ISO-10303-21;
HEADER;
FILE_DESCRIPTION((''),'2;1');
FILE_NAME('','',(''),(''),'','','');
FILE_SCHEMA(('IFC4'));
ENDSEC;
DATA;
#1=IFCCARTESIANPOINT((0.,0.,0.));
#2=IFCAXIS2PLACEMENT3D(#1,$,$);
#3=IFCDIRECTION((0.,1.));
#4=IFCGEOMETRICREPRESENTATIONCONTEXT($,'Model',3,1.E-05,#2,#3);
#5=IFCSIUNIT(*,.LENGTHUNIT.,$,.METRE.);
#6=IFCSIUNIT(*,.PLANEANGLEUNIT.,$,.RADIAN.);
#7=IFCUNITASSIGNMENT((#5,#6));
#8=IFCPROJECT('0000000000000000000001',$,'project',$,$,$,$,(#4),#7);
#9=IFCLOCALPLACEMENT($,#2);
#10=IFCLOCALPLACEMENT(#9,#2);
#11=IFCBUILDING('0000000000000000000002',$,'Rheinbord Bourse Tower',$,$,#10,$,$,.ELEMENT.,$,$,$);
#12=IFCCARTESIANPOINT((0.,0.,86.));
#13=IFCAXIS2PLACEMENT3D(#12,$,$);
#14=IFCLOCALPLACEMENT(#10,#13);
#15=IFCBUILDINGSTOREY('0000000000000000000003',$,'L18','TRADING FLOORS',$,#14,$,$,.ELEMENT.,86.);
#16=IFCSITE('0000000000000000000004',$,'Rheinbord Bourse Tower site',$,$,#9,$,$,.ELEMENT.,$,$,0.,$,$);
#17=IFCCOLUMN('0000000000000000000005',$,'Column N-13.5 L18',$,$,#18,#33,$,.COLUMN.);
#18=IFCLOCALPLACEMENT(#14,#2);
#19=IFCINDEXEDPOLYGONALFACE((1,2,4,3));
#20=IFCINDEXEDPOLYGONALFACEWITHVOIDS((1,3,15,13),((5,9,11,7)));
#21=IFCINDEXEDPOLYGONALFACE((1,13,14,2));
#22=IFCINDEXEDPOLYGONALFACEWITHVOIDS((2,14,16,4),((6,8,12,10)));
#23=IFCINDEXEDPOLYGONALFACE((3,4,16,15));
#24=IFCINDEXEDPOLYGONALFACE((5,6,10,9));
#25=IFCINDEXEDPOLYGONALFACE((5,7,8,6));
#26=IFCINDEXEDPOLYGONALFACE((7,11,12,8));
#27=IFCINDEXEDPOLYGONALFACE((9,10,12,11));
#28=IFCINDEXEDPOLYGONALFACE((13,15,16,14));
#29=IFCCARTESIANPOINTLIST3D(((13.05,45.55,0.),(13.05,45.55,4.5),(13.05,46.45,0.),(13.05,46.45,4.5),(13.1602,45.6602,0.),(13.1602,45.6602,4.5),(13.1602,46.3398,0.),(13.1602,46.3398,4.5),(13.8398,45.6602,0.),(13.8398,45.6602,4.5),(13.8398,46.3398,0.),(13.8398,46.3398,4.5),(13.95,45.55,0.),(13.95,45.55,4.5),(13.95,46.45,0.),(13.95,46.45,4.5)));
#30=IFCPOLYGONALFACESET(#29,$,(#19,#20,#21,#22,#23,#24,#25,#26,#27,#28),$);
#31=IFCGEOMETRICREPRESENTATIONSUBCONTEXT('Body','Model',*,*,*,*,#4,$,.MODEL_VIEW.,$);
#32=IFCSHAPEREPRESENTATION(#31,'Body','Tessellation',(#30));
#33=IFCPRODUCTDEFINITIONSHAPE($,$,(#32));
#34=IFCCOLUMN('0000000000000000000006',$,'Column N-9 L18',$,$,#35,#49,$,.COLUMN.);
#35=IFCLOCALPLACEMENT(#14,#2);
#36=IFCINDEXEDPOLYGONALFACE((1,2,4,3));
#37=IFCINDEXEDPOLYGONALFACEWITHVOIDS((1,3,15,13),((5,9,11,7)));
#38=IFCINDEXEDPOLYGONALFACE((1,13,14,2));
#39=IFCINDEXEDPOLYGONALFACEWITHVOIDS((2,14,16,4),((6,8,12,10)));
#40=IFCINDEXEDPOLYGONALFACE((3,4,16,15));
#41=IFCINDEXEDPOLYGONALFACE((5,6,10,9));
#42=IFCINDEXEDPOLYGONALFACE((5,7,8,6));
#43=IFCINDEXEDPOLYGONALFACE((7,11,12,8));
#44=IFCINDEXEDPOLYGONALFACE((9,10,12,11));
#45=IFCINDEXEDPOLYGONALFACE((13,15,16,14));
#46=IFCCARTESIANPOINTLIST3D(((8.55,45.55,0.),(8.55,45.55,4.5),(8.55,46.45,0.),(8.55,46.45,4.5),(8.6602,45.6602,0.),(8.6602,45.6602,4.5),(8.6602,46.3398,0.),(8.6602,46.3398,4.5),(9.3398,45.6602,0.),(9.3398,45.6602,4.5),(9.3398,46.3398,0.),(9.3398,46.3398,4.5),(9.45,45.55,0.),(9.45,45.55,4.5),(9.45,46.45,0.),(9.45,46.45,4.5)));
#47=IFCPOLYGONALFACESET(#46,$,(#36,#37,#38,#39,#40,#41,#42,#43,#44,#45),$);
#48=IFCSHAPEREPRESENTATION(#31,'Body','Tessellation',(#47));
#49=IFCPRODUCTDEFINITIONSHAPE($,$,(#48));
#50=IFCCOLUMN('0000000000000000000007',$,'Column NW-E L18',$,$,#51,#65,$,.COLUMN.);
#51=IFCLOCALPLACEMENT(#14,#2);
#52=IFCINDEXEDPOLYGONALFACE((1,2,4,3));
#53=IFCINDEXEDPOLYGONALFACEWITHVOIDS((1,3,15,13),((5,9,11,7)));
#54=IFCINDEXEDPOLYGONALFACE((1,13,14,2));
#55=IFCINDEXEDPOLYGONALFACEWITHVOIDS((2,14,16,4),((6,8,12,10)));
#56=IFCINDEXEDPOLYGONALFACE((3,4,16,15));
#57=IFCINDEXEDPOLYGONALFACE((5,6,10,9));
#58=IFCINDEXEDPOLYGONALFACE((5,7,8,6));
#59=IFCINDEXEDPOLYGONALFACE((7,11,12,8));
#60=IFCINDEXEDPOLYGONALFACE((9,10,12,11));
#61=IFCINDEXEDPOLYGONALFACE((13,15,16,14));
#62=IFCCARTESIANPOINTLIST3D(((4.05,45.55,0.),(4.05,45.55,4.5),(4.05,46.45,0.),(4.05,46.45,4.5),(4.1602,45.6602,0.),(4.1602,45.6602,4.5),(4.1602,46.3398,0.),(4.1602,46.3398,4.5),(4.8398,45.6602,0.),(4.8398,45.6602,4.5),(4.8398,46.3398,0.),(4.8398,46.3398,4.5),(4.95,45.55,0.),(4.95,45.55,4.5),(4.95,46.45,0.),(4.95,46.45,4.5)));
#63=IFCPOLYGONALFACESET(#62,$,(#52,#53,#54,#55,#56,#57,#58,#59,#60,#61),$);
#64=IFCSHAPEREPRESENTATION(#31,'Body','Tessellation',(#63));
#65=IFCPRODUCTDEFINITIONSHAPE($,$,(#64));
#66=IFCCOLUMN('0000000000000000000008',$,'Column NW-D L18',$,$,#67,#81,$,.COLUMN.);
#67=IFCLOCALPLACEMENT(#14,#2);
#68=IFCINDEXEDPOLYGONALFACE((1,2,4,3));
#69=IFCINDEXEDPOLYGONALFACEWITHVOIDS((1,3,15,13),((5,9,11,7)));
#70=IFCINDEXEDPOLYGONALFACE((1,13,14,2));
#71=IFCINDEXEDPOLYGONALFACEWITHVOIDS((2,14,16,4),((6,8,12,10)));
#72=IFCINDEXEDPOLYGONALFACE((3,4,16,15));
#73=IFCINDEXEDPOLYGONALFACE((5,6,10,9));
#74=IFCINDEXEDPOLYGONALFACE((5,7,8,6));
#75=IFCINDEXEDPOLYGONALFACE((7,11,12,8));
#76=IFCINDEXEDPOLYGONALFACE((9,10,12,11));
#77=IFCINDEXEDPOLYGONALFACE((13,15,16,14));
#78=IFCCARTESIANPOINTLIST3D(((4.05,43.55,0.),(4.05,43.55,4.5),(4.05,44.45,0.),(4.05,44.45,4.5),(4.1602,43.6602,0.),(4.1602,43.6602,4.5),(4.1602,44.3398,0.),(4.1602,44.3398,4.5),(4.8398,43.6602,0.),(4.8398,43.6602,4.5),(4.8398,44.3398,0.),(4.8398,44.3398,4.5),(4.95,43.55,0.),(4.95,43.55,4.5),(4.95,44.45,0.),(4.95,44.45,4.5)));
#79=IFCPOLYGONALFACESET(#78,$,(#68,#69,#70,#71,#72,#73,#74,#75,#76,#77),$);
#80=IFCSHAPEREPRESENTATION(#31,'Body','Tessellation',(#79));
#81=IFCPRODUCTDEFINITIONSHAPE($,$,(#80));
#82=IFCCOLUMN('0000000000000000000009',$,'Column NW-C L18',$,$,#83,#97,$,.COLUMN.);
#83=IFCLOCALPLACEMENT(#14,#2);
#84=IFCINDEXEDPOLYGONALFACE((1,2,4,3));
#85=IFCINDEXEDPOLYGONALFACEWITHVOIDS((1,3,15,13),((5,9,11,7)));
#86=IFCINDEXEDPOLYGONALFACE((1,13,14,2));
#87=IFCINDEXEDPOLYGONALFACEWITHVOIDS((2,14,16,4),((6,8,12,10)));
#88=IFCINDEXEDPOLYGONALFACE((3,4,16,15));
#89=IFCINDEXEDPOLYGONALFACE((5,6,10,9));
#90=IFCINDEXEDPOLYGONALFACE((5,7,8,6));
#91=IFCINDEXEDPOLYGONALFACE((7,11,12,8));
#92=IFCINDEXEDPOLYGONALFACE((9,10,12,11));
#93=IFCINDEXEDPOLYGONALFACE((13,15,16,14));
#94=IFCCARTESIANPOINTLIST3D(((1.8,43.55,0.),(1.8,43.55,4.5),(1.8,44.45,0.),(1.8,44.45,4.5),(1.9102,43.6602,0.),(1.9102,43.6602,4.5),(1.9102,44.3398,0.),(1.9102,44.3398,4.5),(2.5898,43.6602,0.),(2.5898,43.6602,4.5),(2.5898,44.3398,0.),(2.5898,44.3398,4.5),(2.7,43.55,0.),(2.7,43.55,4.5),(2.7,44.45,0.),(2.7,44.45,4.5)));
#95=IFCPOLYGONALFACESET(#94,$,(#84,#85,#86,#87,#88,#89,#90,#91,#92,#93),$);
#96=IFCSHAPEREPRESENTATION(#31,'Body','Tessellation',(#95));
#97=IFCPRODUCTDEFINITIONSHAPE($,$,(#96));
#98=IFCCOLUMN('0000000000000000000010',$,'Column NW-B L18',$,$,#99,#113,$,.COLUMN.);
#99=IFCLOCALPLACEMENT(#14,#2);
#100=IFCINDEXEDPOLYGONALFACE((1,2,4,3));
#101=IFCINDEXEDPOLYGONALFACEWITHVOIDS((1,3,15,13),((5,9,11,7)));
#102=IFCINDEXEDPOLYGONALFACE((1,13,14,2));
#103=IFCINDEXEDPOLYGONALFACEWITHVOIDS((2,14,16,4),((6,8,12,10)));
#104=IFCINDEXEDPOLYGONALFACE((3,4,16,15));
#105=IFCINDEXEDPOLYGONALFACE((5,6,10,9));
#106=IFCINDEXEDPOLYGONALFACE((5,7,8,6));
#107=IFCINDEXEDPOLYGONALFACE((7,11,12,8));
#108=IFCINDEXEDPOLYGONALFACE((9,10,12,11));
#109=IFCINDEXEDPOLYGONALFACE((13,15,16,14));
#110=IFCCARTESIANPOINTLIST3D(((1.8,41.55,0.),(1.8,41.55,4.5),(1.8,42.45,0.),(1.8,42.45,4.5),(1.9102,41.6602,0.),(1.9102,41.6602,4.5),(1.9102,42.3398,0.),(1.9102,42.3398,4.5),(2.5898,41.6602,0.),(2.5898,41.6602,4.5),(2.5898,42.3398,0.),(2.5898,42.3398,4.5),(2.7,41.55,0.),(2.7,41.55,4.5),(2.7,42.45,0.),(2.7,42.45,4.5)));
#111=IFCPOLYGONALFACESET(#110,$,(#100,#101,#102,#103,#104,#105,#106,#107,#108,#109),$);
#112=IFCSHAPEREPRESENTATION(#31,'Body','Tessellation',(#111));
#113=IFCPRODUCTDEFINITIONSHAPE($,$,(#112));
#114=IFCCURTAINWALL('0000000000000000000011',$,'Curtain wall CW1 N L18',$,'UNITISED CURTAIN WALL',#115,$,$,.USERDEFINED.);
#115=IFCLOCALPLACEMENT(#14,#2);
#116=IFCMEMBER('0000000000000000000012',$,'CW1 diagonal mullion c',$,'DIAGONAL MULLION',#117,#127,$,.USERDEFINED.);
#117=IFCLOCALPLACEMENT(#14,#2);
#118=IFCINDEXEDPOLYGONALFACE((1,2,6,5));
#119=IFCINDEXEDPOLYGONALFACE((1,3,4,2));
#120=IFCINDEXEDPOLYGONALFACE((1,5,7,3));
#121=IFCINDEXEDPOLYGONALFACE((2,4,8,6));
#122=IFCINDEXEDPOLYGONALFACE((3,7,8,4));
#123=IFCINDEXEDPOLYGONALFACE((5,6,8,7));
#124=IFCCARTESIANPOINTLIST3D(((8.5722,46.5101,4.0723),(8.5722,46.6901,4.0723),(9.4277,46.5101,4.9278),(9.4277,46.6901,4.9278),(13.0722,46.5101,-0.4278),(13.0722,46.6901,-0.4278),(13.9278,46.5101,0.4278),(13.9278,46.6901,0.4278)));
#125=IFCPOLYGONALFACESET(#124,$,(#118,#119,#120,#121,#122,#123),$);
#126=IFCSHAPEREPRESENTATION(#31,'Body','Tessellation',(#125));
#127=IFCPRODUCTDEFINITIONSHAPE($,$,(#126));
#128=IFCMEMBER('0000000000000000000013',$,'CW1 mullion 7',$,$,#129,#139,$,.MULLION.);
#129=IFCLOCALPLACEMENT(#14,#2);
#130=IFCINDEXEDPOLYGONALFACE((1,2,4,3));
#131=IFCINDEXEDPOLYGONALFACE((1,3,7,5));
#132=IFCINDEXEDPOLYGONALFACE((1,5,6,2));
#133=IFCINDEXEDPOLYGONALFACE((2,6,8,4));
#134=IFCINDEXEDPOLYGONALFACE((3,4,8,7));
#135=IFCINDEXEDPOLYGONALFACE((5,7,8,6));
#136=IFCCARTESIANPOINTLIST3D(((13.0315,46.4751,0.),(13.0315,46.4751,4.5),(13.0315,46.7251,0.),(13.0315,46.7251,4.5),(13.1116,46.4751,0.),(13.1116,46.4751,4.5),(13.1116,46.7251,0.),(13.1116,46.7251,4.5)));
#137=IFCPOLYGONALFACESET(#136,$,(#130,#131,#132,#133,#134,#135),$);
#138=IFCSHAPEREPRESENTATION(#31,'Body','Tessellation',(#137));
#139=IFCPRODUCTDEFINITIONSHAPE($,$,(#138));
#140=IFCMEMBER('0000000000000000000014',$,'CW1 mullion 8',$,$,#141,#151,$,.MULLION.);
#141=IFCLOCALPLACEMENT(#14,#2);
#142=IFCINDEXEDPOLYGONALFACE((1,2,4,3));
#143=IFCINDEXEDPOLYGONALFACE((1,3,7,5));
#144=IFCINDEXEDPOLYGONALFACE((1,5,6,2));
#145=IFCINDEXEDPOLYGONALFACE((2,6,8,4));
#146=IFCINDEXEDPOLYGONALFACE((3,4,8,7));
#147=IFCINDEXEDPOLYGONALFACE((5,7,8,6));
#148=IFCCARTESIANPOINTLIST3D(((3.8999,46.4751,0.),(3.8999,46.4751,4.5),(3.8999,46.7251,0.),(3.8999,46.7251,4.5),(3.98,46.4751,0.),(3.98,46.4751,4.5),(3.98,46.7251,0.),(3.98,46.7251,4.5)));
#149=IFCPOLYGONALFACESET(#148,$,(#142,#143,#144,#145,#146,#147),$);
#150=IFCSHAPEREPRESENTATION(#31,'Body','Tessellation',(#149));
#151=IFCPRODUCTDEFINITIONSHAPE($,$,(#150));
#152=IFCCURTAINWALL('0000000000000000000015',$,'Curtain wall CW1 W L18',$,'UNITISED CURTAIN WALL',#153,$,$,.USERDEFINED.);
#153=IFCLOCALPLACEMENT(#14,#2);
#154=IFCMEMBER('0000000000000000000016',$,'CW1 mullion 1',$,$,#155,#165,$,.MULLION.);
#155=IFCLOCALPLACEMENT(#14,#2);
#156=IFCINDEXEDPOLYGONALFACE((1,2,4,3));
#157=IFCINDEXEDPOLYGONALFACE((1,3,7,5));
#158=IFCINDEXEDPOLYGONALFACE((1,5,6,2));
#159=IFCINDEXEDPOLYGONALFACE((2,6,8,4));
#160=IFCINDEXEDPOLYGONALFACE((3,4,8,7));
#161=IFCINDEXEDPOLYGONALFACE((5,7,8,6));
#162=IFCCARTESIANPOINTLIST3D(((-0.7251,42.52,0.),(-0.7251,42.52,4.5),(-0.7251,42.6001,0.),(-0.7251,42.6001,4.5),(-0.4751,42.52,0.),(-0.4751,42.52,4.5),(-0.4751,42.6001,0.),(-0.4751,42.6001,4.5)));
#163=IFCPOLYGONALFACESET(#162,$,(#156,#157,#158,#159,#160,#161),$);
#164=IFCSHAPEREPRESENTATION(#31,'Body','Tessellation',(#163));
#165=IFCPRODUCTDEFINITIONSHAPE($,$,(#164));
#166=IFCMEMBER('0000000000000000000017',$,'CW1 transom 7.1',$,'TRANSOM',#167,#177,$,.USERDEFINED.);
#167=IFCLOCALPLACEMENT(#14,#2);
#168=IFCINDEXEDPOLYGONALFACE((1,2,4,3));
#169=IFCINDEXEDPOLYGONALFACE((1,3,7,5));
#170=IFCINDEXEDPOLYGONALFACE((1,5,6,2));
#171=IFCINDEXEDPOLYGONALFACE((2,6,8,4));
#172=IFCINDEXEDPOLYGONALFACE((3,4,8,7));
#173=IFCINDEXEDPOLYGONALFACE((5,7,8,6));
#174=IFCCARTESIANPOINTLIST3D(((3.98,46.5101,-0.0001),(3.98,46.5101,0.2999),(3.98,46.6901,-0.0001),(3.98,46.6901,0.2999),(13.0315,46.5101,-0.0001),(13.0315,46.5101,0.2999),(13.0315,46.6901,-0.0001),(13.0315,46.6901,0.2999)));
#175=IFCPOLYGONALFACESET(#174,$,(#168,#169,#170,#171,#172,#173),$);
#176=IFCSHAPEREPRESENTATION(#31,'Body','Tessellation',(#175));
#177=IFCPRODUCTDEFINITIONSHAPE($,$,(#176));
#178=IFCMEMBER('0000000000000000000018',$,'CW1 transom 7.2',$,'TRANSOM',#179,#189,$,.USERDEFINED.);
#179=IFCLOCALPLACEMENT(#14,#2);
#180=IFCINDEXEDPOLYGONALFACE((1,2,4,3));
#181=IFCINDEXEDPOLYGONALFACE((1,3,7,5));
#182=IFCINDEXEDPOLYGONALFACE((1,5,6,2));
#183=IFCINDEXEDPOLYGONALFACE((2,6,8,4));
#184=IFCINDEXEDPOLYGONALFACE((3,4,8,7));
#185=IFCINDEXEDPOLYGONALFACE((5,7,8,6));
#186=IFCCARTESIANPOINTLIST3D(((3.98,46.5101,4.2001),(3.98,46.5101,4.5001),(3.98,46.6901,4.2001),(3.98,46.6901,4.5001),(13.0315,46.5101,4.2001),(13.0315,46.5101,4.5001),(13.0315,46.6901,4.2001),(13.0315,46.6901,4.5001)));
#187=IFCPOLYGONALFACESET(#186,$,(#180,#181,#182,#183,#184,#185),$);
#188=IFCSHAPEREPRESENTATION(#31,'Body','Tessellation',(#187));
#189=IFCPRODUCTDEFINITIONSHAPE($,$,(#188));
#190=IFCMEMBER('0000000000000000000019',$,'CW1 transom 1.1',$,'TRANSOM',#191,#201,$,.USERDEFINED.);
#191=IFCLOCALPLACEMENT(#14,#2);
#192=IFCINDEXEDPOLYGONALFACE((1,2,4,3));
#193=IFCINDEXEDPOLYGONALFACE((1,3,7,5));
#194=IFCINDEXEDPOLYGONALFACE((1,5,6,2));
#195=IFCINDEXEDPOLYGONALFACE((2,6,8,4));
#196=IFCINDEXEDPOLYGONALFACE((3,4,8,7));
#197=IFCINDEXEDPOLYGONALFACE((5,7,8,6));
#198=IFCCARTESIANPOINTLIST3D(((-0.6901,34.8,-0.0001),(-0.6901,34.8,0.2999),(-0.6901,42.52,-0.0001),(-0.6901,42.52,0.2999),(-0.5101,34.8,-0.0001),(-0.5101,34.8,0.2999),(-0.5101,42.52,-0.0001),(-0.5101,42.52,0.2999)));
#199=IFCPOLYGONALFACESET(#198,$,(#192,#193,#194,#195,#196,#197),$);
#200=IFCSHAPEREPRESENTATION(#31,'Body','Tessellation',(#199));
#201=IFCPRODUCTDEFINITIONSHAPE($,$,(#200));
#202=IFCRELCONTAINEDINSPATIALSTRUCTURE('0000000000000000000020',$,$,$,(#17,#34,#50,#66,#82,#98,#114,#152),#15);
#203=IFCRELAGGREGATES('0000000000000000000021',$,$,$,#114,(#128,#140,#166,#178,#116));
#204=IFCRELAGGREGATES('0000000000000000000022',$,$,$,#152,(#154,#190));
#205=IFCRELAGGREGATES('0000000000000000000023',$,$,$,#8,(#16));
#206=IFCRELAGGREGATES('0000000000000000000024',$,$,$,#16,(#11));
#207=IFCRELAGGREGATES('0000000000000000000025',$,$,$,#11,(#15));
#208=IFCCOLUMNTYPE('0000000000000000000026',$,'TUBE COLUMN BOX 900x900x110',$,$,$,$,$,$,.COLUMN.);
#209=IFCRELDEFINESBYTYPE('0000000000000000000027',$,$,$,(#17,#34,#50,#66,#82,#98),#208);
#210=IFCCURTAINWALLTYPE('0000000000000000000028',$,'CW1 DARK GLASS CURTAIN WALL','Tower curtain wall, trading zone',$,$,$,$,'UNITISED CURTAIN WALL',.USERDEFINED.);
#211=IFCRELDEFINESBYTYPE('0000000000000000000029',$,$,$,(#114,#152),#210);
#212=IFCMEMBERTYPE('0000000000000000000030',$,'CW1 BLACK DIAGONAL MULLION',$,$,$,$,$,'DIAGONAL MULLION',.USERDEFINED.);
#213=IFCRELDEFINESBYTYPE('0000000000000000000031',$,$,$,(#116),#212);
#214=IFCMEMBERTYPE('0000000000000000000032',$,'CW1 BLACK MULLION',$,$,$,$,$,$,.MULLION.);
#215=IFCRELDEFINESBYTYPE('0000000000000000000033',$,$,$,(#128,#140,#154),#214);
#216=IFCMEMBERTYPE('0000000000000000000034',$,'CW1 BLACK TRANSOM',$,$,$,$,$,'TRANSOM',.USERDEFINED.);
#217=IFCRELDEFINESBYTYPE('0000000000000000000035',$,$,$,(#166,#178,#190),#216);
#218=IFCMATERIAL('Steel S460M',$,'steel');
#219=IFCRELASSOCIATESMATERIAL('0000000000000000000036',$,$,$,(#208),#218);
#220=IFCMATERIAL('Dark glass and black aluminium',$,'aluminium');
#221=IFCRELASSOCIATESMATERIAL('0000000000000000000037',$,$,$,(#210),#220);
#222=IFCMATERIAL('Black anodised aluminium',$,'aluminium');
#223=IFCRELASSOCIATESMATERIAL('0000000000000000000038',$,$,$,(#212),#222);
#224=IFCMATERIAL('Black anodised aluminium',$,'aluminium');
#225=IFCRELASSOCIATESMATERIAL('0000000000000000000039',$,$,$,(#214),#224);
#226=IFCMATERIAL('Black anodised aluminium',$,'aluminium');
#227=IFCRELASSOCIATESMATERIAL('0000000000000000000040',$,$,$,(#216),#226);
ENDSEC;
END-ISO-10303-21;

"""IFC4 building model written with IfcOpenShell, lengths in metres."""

from ifc_helpers import new_model, si_unit, direction, frame, origin, origin_2d, place, context, subcontext, project, spatial, rectangle, hollow_rectangle, extrude, material, material_profile, profile_set, type_object, element, aggregate, save


model = new_model("IFC4")

# Units and contexts
model_context = context("Model", 3, precision=1e-05, world=origin(), true_north=direction((0.0, 1.0)))
body_context = subcontext(model_context, "Body", "Model", "MODEL_VIEW")
ifc_project = project(units=[si_unit("LENGTHUNIT", "METRE"), si_unit("PLANEANGLEUNIT", "RADIAN")], contexts=[model_context])

# Site, building, storey
site_placement = place(None, origin())
site = spatial("IfcSite", under=ifc_project, at=site_placement, Name="Rheinbord Bourse Tower site", CompositionType="ELEMENT", RefElevation=0.0)
building_placement = place(site_placement, origin())
building = spatial("IfcBuilding", under=site, at=building_placement, Name="Rheinbord Bourse Tower", CompositionType="ELEMENT")
storey_placement = place(building_placement, frame((0.0, 0.0, 86.0)))
storey = spatial("IfcBuildingStorey", under=building, at=storey_placement, Name="L18", Description="TRADING FLOORS", CompositionType="ELEMENT", Elevation=86.0)

# Columns
ifc_material_1 = material(Name="Steel S460M", Category="steel")
ifc_material_profile_1 = material_profile(ifc_material_1, hollow_rectangle(XDim=0.8999, YDim=0.8999, WallThickness=0.1101, at=origin_2d()), Name="BOX 900x900x110")
ifc_profile_set_1 = profile_set([ifc_material_profile_1], Name="Steel S460M")
column_type = type_object("IfcColumnType", Name="TUBE COLUMN BOX 900x900x110", PredefinedType="COLUMN", material=ifc_profile_set_1)
for number, where, z_axis, x_axis, name in (
    (1, (13.5, 46.0, 0.0), (0.0, 0.0, 1.0), (0.0, 1.0, 0.0), "Column N-13.5 L18"),
    (2, (9.0, 46.0, 0.0), (0.0, 0.0, 1.0), (0.0, 1.0, 0.0), "Column N-9 L18"),
    (3, (4.5, 46.0, 0.0), (0.0, 0.0, 1.0), (0.0, 1.0, 0.0), "Column NW-E L18"),
    (4, (4.5, 44.0, 0.0), (0.0, 0.0, 1.0), (0.0, 1.0, 0.0), "Column NW-D L18"),
    (5, (2.25, 44.0, 0.0), (0.0, 0.0, 1.0), (1.0, 0.0, 0.0), "Column NW-C L18"),
    (6, (2.25, 42.0, 0.0), (0.0, 0.0, 1.0), (1.0, 0.0, 0.0), "Column NW-B L18"),
):
    element("IfcColumn", number, at=place(storey_placement, frame(where, z_axis=z_axis, x_axis=x_axis)), inside=storey, type_object=column_type, Name=name, PredefinedType="COLUMN", context=body_context, shape_type="SweptSolid", body=[
        extrude(hollow_rectangle(XDim=0.8999, YDim=0.8999, WallThickness=0.1101, at=origin_2d()), origin(), (0.0, 0.0, 1.0), 4.5),
    ])

# Curtain wall, members
ifc_material_2 = material(Name="Dark glass and black aluminium", Category="aluminium")
curtain_wall_type = type_object("IfcCurtainWallType", Name="CW1 DARK GLASS CURTAIN WALL", Description="Tower curtain wall, trading zone", ElementType="UNITISED CURTAIN WALL", PredefinedType="USERDEFINED", material=ifc_material_2)
curtain_wall_1_placement = place(storey_placement, origin())
curtain_wall_1 = element("IfcCurtainWall", 7, at=curtain_wall_1_placement, inside=storey, type_object=curtain_wall_type, Name="Curtain wall CW1 N L18", ObjectType="UNITISED CURTAIN WALL", PredefinedType="USERDEFINED")
ifc_material_3 = material(Name="Black anodised aluminium", Category="aluminium")
ifc_material_profile_2 = material_profile(ifc_material_3, rectangle(XDim=0.1799, YDim=1.21, at=origin_2d()), Name="CW1 DIAGONAL MULLION 1210x180")
ifc_profile_set_2 = profile_set([ifc_material_profile_2], Name="Black anodised aluminium")
member_type_1 = type_object("IfcMemberType", Name="CW1 BLACK DIAGONAL MULLION", ElementType="DIAGONAL MULLION", PredefinedType="USERDEFINED", material=ifc_profile_set_2)
member_1_placement = place(storey_placement, frame((13.5, 46.6001, 0.0), z_axis=(-0.707107, 0.0, 0.707107), x_axis=(0.0, -1.0, 0.0)))
member_1 = element("IfcMember", 8, at=member_1_placement, type_object=member_type_1, Name="CW1 diagonal mullion c", ObjectType="DIAGONAL MULLION", PredefinedType="USERDEFINED", context=body_context, shape_type="SweptSolid", body=[
    extrude(rectangle(XDim=0.1799, YDim=1.21, at=origin_2d()), origin(), (0.0, 0.0, 1.0), 6.364),
])
ifc_material_4 = material(Name="Black anodised aluminium", Category="aluminium")
ifc_material_profile_3 = material_profile(ifc_material_4, rectangle(XDim=0.25, YDim=0.0801, at=origin_2d()), Name="CW1 MULLION 80x250")
ifc_profile_set_3 = profile_set([ifc_material_profile_3], Name="Black anodised aluminium")
member_type_2 = type_object("IfcMemberType", Name="CW1 BLACK MULLION", PredefinedType="MULLION", material=ifc_profile_set_3)
member_2_placement = place(storey_placement, frame((13.0715, 46.6001, 0.0), z_axis=(0.0, 0.0, 1.0), x_axis=(0.0, -1.0, 0.0)))
member_2 = element("IfcMember", 9, at=member_2_placement, type_object=member_type_2, Name="CW1 mullion 7", PredefinedType="MULLION", context=body_context, shape_type="SweptSolid", body=[
    extrude(rectangle(XDim=0.25, YDim=0.0801, at=origin_2d()), origin(), (0.0, 0.0, 1.0), 4.5),
])
member_3_placement = place(storey_placement, frame((3.9399, 46.6001, 0.0), z_axis=(0.0, 0.0, 1.0), x_axis=(0.0, -1.0, 0.0)))
member_3 = element("IfcMember", 10, at=member_3_placement, type_object=member_type_2, Name="CW1 mullion 8", PredefinedType="MULLION", context=body_context, shape_type="SweptSolid", body=[
    extrude(rectangle(XDim=0.25, YDim=0.0801, at=origin_2d()), origin(), (0.0, 0.0, 1.0), 4.5),
])

# Curtain wall, member
curtain_wall_2_placement = place(storey_placement, origin())
curtain_wall_2 = element("IfcCurtainWall", 11, at=curtain_wall_2_placement, inside=storey, type_object=curtain_wall_type, Name="Curtain wall CW1 W L18", ObjectType="UNITISED CURTAIN WALL", PredefinedType="USERDEFINED")
member_4_placement = place(storey_placement, frame((-0.6001, 42.5601, 0.0), z_axis=(0.0, 0.0, 1.0), x_axis=(1.0, 0.0, 0.0)))
member_4 = element("IfcMember", 12, at=member_4_placement, type_object=member_type_2, Name="CW1 mullion 1", PredefinedType="MULLION", context=body_context, shape_type="SweptSolid", body=[
    extrude(rectangle(XDim=0.25, YDim=0.0801, at=origin_2d()), origin(), (0.0, 0.0, 1.0), 4.5),
])

# Members
ifc_material_5 = material(Name="Black anodised aluminium", Category="aluminium")
ifc_material_profile_4 = material_profile(ifc_material_5, rectangle(XDim=0.1799, YDim=0.3, at=origin_2d()), Name="CW1 TRANSOM 300x180")
ifc_profile_set_4 = profile_set([ifc_material_profile_4], Name="Black anodised aluminium")
member_type_3 = type_object("IfcMemberType", Name="CW1 BLACK TRANSOM", ElementType="TRANSOM", PredefinedType="USERDEFINED", material=ifc_profile_set_4)
member_5_placement = place(storey_placement, frame((13.0315, 46.6001, 0.1499), z_axis=(-1.0, 0.0, 0.0), x_axis=(0.0, -1.0, 0.0)))
member_5 = element("IfcMember", 13, at=member_5_placement, type_object=member_type_3, Name="CW1 transom 7.1", ObjectType="TRANSOM", PredefinedType="USERDEFINED", context=body_context, shape_type="SweptSolid", body=[
    extrude(rectangle(XDim=0.1799, YDim=0.3, at=origin_2d()), origin(), (0.0, 0.0, 1.0), 9.0515),
])
member_6_placement = place(storey_placement, frame((13.0315, 46.6001, 4.3501), z_axis=(-1.0, 0.0, 0.0), x_axis=(0.0, -1.0, 0.0)))
member_6 = element("IfcMember", 14, at=member_6_placement, type_object=member_type_3, Name="CW1 transom 7.2", ObjectType="TRANSOM", PredefinedType="USERDEFINED", context=body_context, shape_type="SweptSolid", body=[
    extrude(rectangle(XDim=0.1799, YDim=0.3, at=origin_2d()), origin(), (0.0, 0.0, 1.0), 9.0515),
])
member_7_placement = place(storey_placement, frame((-0.6001, 42.52, 0.1499), z_axis=(0.0, -1.0, 0.0), x_axis=(1.0, 0.0, 0.0)))
member_7 = element("IfcMember", 15, at=member_7_placement, type_object=member_type_3, Name="CW1 transom 1.1", ObjectType="TRANSOM", PredefinedType="USERDEFINED", context=body_context, shape_type="SweptSolid", body=[
    extrude(rectangle(XDim=0.1799, YDim=0.3, at=origin_2d()), origin(), (0.0, 0.0, 1.0), 7.72),
])

aggregate(curtain_wall_1, [member_2, member_3, member_5, member_6, member_1])
aggregate(curtain_wall_2, [member_4, member_7])

save(model, "model.ifc")
